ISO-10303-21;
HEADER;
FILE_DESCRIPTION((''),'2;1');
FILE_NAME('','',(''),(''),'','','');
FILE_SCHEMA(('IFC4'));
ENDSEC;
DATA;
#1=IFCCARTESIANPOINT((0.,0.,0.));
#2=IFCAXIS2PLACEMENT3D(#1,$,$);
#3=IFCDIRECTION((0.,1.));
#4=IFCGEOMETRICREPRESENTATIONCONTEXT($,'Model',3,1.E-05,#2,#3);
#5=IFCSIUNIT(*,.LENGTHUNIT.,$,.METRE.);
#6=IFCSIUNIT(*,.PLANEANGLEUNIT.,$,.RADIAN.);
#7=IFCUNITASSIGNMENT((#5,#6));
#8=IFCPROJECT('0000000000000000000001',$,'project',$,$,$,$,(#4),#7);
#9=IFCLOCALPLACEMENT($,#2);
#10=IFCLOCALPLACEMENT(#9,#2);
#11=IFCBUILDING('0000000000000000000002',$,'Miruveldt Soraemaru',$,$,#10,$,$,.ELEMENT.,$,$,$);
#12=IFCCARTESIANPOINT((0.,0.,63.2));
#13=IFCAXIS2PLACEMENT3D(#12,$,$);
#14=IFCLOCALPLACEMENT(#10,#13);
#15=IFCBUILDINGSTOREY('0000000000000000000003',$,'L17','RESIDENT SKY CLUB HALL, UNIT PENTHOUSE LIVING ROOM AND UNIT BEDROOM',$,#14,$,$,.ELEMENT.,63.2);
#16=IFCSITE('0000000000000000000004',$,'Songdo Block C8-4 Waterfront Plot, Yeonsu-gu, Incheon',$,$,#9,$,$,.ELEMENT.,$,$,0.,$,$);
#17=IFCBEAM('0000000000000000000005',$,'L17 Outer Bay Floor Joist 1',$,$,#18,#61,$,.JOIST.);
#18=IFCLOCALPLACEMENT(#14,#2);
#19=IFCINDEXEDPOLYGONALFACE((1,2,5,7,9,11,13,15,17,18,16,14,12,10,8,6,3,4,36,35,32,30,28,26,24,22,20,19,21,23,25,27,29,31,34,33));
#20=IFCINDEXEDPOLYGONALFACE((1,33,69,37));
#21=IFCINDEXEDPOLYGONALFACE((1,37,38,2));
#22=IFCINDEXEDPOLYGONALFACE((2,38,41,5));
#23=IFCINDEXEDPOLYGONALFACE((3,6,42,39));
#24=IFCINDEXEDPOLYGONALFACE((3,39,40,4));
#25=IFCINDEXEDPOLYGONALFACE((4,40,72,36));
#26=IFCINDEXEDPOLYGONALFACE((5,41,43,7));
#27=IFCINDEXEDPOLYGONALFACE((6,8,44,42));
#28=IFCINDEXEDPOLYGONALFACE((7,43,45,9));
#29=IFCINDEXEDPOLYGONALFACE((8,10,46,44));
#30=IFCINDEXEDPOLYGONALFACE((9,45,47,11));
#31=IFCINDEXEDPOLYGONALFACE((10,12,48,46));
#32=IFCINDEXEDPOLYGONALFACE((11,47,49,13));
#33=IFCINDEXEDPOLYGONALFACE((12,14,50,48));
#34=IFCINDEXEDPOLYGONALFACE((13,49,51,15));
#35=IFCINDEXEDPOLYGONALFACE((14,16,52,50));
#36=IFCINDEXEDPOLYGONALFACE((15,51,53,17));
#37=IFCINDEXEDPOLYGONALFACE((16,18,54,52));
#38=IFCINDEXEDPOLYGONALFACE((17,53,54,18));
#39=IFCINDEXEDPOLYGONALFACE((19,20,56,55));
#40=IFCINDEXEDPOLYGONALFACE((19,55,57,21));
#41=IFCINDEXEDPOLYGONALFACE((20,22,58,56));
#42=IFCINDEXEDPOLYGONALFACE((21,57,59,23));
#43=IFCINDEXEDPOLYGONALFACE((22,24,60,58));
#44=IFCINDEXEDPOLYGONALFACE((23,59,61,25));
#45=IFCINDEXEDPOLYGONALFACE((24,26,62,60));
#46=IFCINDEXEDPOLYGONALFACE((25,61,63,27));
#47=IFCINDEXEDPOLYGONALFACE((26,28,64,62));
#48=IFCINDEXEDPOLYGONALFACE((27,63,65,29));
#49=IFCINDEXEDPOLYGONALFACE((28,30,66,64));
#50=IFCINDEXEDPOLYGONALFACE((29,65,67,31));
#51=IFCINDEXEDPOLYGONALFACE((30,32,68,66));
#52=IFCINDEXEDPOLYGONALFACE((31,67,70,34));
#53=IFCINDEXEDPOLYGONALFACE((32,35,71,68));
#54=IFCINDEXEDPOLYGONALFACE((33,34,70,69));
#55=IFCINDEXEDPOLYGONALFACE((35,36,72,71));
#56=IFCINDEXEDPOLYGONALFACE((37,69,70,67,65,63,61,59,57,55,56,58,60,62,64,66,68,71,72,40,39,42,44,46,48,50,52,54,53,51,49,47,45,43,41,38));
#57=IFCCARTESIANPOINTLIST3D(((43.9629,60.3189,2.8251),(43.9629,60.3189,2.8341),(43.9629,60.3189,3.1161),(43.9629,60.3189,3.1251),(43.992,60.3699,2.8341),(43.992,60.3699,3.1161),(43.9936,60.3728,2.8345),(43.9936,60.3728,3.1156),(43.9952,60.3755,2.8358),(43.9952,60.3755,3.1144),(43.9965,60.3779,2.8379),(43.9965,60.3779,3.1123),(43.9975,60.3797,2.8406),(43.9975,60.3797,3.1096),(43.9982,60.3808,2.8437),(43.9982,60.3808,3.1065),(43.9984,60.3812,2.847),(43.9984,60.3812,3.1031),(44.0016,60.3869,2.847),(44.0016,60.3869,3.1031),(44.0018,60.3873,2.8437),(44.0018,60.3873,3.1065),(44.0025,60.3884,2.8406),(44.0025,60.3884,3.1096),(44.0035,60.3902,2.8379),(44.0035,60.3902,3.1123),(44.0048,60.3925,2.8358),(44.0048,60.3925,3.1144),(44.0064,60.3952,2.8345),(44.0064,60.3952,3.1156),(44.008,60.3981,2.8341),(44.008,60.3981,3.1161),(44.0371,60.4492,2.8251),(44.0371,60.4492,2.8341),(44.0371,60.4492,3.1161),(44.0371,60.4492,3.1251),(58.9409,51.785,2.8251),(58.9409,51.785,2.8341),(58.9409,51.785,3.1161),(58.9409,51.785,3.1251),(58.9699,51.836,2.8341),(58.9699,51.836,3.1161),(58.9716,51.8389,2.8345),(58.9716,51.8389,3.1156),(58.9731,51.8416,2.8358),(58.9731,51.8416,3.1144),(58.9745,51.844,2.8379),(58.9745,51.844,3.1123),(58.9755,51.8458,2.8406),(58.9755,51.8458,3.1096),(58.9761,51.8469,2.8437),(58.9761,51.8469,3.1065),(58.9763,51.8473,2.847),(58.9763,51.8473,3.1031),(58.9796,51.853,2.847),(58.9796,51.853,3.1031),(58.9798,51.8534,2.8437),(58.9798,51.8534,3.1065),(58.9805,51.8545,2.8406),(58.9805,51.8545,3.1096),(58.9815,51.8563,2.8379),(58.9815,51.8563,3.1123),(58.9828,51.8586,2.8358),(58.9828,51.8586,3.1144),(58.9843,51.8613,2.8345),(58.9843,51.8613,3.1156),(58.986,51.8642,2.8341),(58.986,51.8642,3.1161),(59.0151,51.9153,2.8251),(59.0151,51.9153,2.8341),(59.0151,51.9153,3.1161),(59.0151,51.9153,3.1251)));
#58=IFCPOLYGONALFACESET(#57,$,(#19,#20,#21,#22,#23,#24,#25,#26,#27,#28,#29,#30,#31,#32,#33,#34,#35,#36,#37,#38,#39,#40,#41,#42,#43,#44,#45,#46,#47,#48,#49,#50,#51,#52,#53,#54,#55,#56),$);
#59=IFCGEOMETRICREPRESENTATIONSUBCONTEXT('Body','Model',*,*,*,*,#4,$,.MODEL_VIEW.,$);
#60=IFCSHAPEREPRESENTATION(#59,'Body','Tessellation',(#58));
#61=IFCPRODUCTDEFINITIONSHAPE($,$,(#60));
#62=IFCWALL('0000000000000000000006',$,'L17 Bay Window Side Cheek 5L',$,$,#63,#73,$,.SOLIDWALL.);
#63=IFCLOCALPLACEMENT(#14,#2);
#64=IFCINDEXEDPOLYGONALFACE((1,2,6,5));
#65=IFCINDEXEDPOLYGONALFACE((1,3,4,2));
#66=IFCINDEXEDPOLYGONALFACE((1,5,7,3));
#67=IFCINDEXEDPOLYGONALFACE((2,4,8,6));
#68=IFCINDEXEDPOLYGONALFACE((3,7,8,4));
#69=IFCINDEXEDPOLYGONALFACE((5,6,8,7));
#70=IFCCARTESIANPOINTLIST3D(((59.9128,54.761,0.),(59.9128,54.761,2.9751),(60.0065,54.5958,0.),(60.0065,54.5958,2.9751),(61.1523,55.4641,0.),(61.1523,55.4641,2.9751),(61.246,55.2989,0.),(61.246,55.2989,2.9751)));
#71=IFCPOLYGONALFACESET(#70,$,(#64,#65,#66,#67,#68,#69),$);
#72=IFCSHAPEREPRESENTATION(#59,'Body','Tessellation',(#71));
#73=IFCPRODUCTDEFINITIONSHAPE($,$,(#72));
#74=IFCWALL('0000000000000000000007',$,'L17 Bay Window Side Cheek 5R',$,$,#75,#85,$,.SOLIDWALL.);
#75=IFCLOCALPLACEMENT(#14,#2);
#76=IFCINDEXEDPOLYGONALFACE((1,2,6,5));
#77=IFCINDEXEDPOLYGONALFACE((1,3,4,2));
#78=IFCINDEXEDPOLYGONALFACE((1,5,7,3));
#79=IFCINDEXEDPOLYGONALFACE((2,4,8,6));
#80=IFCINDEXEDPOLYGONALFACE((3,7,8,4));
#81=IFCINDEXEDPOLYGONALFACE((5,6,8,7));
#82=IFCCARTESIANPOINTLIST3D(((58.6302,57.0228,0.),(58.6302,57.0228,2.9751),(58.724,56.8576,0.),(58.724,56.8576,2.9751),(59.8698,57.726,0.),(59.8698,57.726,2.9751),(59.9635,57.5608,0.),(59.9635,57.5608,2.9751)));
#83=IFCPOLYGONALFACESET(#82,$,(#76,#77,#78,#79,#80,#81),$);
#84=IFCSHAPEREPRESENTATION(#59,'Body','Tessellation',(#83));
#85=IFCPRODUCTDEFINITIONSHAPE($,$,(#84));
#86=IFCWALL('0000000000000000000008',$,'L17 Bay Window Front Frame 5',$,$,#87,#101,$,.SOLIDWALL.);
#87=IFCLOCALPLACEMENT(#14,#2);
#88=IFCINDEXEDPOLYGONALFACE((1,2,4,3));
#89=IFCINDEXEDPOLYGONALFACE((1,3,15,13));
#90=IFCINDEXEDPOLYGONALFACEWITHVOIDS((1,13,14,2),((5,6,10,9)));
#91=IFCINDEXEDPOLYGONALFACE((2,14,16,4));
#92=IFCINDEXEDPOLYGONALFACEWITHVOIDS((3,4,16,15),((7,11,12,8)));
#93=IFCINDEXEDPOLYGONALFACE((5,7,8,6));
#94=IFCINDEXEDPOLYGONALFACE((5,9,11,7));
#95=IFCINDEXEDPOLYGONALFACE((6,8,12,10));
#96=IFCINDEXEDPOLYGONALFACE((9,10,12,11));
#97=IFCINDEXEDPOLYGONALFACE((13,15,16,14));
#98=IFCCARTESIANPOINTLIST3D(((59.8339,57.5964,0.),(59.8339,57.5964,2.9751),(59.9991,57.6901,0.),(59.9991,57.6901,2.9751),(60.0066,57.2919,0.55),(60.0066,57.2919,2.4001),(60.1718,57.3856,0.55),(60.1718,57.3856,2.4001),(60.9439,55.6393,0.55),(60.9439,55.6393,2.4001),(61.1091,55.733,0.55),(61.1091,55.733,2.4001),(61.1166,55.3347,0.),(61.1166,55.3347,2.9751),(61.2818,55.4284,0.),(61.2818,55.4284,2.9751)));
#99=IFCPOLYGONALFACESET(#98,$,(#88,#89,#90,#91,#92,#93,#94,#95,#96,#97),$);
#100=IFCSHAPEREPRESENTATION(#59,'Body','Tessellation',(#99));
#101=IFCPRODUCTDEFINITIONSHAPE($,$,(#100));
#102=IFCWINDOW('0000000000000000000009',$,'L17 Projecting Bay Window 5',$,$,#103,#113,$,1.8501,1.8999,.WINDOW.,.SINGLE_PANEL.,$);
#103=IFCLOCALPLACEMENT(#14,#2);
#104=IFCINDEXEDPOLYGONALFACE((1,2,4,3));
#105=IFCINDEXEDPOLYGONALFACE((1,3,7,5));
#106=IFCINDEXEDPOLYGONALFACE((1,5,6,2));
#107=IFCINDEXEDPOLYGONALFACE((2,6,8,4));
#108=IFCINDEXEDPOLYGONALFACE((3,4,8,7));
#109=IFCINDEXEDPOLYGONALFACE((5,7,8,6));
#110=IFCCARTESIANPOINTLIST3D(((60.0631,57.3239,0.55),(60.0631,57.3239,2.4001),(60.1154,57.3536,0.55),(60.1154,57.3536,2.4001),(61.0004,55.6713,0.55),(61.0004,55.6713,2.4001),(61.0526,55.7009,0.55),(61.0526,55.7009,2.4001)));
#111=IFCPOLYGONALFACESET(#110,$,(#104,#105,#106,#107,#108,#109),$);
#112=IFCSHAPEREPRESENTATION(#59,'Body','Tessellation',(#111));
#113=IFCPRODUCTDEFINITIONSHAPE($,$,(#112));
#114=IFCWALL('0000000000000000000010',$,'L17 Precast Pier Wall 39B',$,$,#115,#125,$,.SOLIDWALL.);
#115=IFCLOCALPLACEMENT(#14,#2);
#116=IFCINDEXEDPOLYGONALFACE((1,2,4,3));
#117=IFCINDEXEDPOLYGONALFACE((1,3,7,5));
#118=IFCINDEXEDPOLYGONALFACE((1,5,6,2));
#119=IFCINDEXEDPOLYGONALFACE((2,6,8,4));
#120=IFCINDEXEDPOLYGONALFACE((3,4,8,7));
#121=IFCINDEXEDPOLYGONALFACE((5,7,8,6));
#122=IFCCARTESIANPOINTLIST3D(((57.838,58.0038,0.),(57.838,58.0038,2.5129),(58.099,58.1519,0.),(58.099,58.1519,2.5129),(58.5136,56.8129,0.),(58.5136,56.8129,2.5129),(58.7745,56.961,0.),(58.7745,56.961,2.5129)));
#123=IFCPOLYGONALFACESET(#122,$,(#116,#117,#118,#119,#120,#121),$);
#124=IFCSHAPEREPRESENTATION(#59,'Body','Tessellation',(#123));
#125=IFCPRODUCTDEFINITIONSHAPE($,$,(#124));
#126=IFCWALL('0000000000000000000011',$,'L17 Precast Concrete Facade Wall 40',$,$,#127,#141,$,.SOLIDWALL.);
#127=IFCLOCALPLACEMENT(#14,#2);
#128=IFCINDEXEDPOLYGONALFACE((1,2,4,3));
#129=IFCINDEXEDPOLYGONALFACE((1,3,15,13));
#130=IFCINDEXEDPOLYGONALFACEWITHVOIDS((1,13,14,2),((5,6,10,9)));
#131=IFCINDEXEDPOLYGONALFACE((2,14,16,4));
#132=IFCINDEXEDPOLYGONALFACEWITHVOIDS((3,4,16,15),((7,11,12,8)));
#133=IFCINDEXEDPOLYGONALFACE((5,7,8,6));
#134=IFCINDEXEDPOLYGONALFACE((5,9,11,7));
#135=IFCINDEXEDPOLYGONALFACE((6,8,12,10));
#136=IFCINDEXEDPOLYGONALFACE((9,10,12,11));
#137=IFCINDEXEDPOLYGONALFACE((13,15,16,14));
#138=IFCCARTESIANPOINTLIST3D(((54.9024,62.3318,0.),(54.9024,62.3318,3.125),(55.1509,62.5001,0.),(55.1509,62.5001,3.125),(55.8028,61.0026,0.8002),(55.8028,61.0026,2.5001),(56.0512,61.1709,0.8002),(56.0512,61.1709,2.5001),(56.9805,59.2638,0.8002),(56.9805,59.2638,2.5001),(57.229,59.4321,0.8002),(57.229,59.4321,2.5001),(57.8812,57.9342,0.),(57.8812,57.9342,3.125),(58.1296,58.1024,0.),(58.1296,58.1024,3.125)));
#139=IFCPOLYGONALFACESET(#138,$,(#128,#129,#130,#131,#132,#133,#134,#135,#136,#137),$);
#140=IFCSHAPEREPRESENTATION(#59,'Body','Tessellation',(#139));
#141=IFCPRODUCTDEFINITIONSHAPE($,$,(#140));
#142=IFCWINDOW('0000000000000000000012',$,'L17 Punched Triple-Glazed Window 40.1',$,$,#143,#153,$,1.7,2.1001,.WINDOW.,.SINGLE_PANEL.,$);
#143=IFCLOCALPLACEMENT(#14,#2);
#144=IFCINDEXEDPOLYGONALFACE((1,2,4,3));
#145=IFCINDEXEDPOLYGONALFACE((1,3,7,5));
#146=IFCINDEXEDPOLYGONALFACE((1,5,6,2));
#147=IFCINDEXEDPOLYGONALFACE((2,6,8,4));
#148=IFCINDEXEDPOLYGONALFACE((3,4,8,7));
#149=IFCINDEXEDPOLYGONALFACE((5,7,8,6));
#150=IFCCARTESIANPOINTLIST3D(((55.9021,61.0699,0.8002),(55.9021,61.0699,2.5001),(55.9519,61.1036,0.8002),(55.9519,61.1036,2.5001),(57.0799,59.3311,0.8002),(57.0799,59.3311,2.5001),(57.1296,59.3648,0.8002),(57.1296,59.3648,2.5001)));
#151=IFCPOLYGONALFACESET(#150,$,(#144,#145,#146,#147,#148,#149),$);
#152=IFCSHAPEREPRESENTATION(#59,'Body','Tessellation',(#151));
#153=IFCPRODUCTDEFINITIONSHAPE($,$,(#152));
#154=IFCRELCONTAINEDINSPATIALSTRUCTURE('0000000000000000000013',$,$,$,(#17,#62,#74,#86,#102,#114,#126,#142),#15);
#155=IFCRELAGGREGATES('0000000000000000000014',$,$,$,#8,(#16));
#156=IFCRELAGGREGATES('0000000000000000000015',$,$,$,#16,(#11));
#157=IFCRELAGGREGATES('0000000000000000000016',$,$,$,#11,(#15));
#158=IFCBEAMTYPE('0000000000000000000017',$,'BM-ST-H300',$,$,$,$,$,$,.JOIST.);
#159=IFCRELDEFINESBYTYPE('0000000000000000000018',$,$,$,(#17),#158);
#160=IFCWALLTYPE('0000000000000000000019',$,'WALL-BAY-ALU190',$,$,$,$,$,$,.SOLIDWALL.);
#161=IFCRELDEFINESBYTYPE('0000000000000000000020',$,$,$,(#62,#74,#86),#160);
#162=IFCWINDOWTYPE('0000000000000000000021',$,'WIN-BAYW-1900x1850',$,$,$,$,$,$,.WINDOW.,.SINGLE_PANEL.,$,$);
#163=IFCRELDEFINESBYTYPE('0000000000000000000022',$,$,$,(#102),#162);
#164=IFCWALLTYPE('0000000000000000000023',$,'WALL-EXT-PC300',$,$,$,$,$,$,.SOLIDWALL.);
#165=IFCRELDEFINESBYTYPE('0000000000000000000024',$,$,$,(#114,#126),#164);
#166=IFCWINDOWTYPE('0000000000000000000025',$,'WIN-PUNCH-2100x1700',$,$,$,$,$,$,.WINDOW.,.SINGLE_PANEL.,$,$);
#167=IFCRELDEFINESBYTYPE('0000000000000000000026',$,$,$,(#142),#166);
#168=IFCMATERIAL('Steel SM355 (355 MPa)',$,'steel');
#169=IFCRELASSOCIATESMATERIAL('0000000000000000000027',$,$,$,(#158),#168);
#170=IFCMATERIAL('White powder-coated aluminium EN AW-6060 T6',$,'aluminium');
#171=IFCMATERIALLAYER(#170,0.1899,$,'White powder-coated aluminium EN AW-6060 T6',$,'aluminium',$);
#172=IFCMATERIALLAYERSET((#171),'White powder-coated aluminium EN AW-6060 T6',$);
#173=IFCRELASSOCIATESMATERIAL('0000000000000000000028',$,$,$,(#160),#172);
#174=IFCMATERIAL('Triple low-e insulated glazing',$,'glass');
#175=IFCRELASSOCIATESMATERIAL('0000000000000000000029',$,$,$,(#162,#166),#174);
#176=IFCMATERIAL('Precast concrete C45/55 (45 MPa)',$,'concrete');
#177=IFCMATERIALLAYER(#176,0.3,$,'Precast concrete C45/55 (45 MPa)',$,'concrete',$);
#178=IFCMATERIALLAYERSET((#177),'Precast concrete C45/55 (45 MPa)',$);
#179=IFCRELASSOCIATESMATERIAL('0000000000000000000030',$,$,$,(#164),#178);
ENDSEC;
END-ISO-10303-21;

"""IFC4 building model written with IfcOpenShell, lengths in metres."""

from ifc_helpers import new_model, si_unit, direction, frame, frame_2d, origin, origin_2d, place, context, subcontext, project, spatial, rectangle, i_section, extrude, material, layer, layer_set, material_profile, profile_set, type_object, element, fill, save


model = new_model("IFC4")

# Units and contexts
model_context = context("Model", 3, precision=1e-05, world=origin(), true_north=direction((0.0, 1.0)))
body_context = subcontext(model_context, "Body", "Model", "MODEL_VIEW")
ifc_project = project(units=[si_unit("LENGTHUNIT", "METRE"), si_unit("PLANEANGLEUNIT", "RADIAN")], contexts=[model_context])

# Site, building, storey
site_placement = place(None, origin())
site = spatial("IfcSite", under=ifc_project, at=site_placement, Name="Songdo Block C8-4 Waterfront Plot, Yeonsu-gu, Incheon", CompositionType="ELEMENT", RefElevation=0.0)
building_placement = place(site_placement, origin())
building = spatial("IfcBuilding", under=site, at=building_placement, Name="Miruveldt Soraemaru", CompositionType="ELEMENT")
storey_placement = place(building_placement, frame((0.0, 0.0, 63.2)))
storey = spatial("IfcBuildingStorey", under=building, at=storey_placement, Name="L17", Description="RESIDENT SKY CLUB HALL, UNIT PENTHOUSE LIVING ROOM AND UNIT BEDROOM", CompositionType="ELEMENT", Elevation=63.2)

# Beam
ifc_material_1 = material(Name="Steel SM355 (355 MPa)", Category="steel")
ifc_material_profile = material_profile(ifc_material_1, i_section(OverallWidth=0.1499, OverallDepth=0.3, WebThickness=0.0066, FlangeThickness=0.009, FilletRadius=0.0129, at=origin_2d()), Name="Steel SM355 (355 MPa)", Category="steel")
ifc_profile_set = profile_set([ifc_material_profile], Name="Steel SM355 (355 MPa)")
beam_type = type_object("IfcBeamType", Name="BM-ST-H300", PredefinedType="JOIST", material=ifc_profile_set)
beam_placement = place(storey_placement, frame((44.0, 60.384, 2.9751), z_axis=(0.868866, -0.495048, 0.0), x_axis=(0.495048, 0.868866, 0.0)))
element("IfcBeam", 1, at=beam_placement, inside=storey, type_object=beam_type, Name="L17 Outer Bay Floor Joist 1", PredefinedType="JOIST", context=body_context, shape_type="SweptSolid", body=[
    extrude(i_section(OverallWidth=0.1499, OverallDepth=0.3, WebThickness=0.0066, FlangeThickness=0.009, FilletRadius=0.0129, at=origin_2d()), origin(), (0.0, 0.0, 1.0), 17.2385),
])

# Walls
ifc_material_2 = material(Name="White powder-coated aluminium EN AW-6060 T6", Category="aluminium")
ifc_layer_1 = layer(ifc_material_2, 0.1899, Name="White powder-coated aluminium EN AW-6060 T6", Category="aluminium")
ifc_layer_set_1 = layer_set([ifc_layer_1], Name="White powder-coated aluminium EN AW-6060 T6")
wall_type_1 = type_object("IfcWallType", Name="WALL-BAY-ALU190", PredefinedType="SOLIDWALL", material=ifc_layer_set_1)
for number, where, z_axis, x_axis, name in (
    (2, (59.9597, 54.6785, 0.0), (0.0, 0.0, 1.0), (0.869799, 0.493406, 0.0), "L17 Bay Window Side Cheek 5L"),
    (3, (59.9165, 57.6433, 0.0), (0.0, 0.0, 1.0), (-0.869799, -0.493406, 0.0), "L17 Bay Window Side Cheek 5R"),
):
    element("IfcWall", number, at=place(storey_placement, frame(where, z_axis=z_axis, x_axis=x_axis)), inside=storey, type_object=wall_type_1, Name=name, PredefinedType="SOLIDWALL", context=body_context, shape_type="SweptSolid", body=[
        extrude(rectangle(XDim=1.425, YDim=0.1899, at=frame_2d((0.7124, 0.0))), origin(), (0.0, 0.0, 1.0), 2.9751),
    ])

# Wall, opening, window
wall_1_placement = place(storey_placement, frame((61.1992, 55.3816, 0.0), z_axis=(0.0, 0.0, 1.0), x_axis=(-0.493325, 0.869845, 0.0)))
wall_1 = element("IfcWall", 4, at=wall_1_placement, inside=storey, type_object=wall_type_1, Name="L17 Bay Window Front Frame 5", PredefinedType="SOLIDWALL", context=body_context, shape_type="SweptSolid", body=[
    extrude(rectangle(XDim=2.6001, YDim=0.1899, at=frame_2d((1.3, 0.0))), origin(), (0.0, 0.0, 1.0), 2.9751),
])
opening_1_placement = place(wall_1_placement, frame((0.3501, 0.0, 0.55)))
opening_1 = element("IfcOpeningElement", 5, at=opening_1_placement, cuts=wall_1, PredefinedType="OPENING", context=body_context, shape_type="SweptSolid", body=[
    extrude(rectangle(XDim=1.8999, YDim=1.8501, at=frame_2d((0.95, 0.925))), frame((0.0, 0.105, 0.0), z_axis=(0.0, -1.0, 0.0), x_axis=(1.0, 0.0, 0.0)), (0.0, 0.0, 1.0), 0.21),
])
ifc_material_3 = material(Name="Triple low-e insulated glazing", Category="glass")
window_type_1 = type_object("IfcWindowType", Name="WIN-BAYW-1900x1850", PartitioningType="SINGLE_PANEL", PredefinedType="WINDOW", material=ifc_material_3)
window_1_placement = place(opening_1_placement, origin())
window_1 = element("IfcWindow", 6, at=window_1_placement, inside=storey, type_object=window_type_1, Name="L17 Projecting Bay Window 5", OverallHeight=1.8501, OverallWidth=1.8999, PartitioningType="SINGLE_PANEL", PredefinedType="WINDOW", context=body_context, shape_type="SweptSolid", body=[
    extrude(rectangle(XDim=1.8999, YDim=1.8501, at=frame_2d((0.95, 0.925))), frame((0.0, 0.03, 0.0), z_axis=(0.0, -1.0, 0.0), x_axis=(1.0, 0.0, 0.0)), (0.0, 0.0, 1.0), 0.0601),
])
fill(opening_1, window_1)

# Wall
ifc_material_4 = material(Name="Precast concrete C45/55 (45 MPa)", Category="concrete")
ifc_layer_2 = layer(ifc_material_4, 0.3, Name="Precast concrete C45/55 (45 MPa)", Category="concrete")
ifc_layer_set_2 = layer_set([ifc_layer_2], Name="Precast concrete C45/55 (45 MPa)")
wall_type_2 = type_object("IfcWallType", Name="WALL-EXT-PC300", PredefinedType="SOLIDWALL", material=ifc_layer_set_2)
wall_2_placement = place(storey_placement, frame((58.644, 56.887, 0.0), z_axis=(0.0, 0.0, 1.0), x_axis=(-0.49339, 0.869808, 0.0)))
element("IfcWall", 7, at=wall_2_placement, inside=storey, type_object=wall_type_2, Name="L17 Precast Pier Wall 39B", PredefinedType="SOLIDWALL", context=body_context, shape_type="SweptSolid", body=[
    extrude(rectangle(XDim=1.3691, YDim=0.3, at=frame_2d((0.6846, 0.0))), origin(), (0.0, 0.0, 1.0), 2.5129),
])

# Wall, opening, window
wall_3_placement = place(storey_placement, frame((58.0054, 58.0183, 0.0), z_axis=(0.0, 0.0, 1.0), x_axis=(-0.560805, 0.827948, 0.0)))
wall_3 = element("IfcWall", 8, at=wall_3_placement, inside=storey, type_object=wall_type_2, Name="L17 Precast Concrete Facade Wall 40", PredefinedType="SOLIDWALL", context=body_context, shape_type="SweptSolid", body=[
    extrude(rectangle(XDim=5.3115, YDim=0.3, at=frame_2d((2.6558, 0.0))), origin(), (0.0, 0.0, 1.0), 3.125),
])
opening_2_placement = place(wall_3_placement, frame((1.606, 0.0, 0.8)))
opening_2 = element("IfcOpeningElement", 9, at=opening_2_placement, cuts=wall_3, PredefinedType="OPENING", context=body_context, shape_type="SweptSolid", body=[
    extrude(rectangle(XDim=2.1001, YDim=1.7, at=frame_2d((1.05, 0.8501))), frame((0.0, 0.1602, 0.0), z_axis=(0.0, -1.0, 0.0), x_axis=(1.0, 0.0, 0.0)), (0.0, 0.0, 1.0), 0.3201),
])
window_type_2 = type_object("IfcWindowType", Name="WIN-PUNCH-2100x1700", PartitioningType="SINGLE_PANEL", PredefinedType="WINDOW", material=ifc_material_3)
window_2_placement = place(opening_2_placement, origin())
window_2 = element("IfcWindow", 10, at=window_2_placement, inside=storey, type_object=window_type_2, Name="L17 Punched Triple-Glazed Window 40.1", OverallHeight=1.7, OverallWidth=2.1001, PartitioningType="SINGLE_PANEL", PredefinedType="WINDOW", context=body_context, shape_type="SweptSolid", body=[
    extrude(rectangle(XDim=2.1001, YDim=1.7, at=frame_2d((1.05, 0.8501))), frame((0.0, 0.03, 0.0), z_axis=(0.0, -1.0, 0.0), x_axis=(1.0, 0.0, 0.0)), (0.0, 0.0, 1.0), 0.0601),
])
fill(opening_2, window_2)

save(model, "model.ifc")
